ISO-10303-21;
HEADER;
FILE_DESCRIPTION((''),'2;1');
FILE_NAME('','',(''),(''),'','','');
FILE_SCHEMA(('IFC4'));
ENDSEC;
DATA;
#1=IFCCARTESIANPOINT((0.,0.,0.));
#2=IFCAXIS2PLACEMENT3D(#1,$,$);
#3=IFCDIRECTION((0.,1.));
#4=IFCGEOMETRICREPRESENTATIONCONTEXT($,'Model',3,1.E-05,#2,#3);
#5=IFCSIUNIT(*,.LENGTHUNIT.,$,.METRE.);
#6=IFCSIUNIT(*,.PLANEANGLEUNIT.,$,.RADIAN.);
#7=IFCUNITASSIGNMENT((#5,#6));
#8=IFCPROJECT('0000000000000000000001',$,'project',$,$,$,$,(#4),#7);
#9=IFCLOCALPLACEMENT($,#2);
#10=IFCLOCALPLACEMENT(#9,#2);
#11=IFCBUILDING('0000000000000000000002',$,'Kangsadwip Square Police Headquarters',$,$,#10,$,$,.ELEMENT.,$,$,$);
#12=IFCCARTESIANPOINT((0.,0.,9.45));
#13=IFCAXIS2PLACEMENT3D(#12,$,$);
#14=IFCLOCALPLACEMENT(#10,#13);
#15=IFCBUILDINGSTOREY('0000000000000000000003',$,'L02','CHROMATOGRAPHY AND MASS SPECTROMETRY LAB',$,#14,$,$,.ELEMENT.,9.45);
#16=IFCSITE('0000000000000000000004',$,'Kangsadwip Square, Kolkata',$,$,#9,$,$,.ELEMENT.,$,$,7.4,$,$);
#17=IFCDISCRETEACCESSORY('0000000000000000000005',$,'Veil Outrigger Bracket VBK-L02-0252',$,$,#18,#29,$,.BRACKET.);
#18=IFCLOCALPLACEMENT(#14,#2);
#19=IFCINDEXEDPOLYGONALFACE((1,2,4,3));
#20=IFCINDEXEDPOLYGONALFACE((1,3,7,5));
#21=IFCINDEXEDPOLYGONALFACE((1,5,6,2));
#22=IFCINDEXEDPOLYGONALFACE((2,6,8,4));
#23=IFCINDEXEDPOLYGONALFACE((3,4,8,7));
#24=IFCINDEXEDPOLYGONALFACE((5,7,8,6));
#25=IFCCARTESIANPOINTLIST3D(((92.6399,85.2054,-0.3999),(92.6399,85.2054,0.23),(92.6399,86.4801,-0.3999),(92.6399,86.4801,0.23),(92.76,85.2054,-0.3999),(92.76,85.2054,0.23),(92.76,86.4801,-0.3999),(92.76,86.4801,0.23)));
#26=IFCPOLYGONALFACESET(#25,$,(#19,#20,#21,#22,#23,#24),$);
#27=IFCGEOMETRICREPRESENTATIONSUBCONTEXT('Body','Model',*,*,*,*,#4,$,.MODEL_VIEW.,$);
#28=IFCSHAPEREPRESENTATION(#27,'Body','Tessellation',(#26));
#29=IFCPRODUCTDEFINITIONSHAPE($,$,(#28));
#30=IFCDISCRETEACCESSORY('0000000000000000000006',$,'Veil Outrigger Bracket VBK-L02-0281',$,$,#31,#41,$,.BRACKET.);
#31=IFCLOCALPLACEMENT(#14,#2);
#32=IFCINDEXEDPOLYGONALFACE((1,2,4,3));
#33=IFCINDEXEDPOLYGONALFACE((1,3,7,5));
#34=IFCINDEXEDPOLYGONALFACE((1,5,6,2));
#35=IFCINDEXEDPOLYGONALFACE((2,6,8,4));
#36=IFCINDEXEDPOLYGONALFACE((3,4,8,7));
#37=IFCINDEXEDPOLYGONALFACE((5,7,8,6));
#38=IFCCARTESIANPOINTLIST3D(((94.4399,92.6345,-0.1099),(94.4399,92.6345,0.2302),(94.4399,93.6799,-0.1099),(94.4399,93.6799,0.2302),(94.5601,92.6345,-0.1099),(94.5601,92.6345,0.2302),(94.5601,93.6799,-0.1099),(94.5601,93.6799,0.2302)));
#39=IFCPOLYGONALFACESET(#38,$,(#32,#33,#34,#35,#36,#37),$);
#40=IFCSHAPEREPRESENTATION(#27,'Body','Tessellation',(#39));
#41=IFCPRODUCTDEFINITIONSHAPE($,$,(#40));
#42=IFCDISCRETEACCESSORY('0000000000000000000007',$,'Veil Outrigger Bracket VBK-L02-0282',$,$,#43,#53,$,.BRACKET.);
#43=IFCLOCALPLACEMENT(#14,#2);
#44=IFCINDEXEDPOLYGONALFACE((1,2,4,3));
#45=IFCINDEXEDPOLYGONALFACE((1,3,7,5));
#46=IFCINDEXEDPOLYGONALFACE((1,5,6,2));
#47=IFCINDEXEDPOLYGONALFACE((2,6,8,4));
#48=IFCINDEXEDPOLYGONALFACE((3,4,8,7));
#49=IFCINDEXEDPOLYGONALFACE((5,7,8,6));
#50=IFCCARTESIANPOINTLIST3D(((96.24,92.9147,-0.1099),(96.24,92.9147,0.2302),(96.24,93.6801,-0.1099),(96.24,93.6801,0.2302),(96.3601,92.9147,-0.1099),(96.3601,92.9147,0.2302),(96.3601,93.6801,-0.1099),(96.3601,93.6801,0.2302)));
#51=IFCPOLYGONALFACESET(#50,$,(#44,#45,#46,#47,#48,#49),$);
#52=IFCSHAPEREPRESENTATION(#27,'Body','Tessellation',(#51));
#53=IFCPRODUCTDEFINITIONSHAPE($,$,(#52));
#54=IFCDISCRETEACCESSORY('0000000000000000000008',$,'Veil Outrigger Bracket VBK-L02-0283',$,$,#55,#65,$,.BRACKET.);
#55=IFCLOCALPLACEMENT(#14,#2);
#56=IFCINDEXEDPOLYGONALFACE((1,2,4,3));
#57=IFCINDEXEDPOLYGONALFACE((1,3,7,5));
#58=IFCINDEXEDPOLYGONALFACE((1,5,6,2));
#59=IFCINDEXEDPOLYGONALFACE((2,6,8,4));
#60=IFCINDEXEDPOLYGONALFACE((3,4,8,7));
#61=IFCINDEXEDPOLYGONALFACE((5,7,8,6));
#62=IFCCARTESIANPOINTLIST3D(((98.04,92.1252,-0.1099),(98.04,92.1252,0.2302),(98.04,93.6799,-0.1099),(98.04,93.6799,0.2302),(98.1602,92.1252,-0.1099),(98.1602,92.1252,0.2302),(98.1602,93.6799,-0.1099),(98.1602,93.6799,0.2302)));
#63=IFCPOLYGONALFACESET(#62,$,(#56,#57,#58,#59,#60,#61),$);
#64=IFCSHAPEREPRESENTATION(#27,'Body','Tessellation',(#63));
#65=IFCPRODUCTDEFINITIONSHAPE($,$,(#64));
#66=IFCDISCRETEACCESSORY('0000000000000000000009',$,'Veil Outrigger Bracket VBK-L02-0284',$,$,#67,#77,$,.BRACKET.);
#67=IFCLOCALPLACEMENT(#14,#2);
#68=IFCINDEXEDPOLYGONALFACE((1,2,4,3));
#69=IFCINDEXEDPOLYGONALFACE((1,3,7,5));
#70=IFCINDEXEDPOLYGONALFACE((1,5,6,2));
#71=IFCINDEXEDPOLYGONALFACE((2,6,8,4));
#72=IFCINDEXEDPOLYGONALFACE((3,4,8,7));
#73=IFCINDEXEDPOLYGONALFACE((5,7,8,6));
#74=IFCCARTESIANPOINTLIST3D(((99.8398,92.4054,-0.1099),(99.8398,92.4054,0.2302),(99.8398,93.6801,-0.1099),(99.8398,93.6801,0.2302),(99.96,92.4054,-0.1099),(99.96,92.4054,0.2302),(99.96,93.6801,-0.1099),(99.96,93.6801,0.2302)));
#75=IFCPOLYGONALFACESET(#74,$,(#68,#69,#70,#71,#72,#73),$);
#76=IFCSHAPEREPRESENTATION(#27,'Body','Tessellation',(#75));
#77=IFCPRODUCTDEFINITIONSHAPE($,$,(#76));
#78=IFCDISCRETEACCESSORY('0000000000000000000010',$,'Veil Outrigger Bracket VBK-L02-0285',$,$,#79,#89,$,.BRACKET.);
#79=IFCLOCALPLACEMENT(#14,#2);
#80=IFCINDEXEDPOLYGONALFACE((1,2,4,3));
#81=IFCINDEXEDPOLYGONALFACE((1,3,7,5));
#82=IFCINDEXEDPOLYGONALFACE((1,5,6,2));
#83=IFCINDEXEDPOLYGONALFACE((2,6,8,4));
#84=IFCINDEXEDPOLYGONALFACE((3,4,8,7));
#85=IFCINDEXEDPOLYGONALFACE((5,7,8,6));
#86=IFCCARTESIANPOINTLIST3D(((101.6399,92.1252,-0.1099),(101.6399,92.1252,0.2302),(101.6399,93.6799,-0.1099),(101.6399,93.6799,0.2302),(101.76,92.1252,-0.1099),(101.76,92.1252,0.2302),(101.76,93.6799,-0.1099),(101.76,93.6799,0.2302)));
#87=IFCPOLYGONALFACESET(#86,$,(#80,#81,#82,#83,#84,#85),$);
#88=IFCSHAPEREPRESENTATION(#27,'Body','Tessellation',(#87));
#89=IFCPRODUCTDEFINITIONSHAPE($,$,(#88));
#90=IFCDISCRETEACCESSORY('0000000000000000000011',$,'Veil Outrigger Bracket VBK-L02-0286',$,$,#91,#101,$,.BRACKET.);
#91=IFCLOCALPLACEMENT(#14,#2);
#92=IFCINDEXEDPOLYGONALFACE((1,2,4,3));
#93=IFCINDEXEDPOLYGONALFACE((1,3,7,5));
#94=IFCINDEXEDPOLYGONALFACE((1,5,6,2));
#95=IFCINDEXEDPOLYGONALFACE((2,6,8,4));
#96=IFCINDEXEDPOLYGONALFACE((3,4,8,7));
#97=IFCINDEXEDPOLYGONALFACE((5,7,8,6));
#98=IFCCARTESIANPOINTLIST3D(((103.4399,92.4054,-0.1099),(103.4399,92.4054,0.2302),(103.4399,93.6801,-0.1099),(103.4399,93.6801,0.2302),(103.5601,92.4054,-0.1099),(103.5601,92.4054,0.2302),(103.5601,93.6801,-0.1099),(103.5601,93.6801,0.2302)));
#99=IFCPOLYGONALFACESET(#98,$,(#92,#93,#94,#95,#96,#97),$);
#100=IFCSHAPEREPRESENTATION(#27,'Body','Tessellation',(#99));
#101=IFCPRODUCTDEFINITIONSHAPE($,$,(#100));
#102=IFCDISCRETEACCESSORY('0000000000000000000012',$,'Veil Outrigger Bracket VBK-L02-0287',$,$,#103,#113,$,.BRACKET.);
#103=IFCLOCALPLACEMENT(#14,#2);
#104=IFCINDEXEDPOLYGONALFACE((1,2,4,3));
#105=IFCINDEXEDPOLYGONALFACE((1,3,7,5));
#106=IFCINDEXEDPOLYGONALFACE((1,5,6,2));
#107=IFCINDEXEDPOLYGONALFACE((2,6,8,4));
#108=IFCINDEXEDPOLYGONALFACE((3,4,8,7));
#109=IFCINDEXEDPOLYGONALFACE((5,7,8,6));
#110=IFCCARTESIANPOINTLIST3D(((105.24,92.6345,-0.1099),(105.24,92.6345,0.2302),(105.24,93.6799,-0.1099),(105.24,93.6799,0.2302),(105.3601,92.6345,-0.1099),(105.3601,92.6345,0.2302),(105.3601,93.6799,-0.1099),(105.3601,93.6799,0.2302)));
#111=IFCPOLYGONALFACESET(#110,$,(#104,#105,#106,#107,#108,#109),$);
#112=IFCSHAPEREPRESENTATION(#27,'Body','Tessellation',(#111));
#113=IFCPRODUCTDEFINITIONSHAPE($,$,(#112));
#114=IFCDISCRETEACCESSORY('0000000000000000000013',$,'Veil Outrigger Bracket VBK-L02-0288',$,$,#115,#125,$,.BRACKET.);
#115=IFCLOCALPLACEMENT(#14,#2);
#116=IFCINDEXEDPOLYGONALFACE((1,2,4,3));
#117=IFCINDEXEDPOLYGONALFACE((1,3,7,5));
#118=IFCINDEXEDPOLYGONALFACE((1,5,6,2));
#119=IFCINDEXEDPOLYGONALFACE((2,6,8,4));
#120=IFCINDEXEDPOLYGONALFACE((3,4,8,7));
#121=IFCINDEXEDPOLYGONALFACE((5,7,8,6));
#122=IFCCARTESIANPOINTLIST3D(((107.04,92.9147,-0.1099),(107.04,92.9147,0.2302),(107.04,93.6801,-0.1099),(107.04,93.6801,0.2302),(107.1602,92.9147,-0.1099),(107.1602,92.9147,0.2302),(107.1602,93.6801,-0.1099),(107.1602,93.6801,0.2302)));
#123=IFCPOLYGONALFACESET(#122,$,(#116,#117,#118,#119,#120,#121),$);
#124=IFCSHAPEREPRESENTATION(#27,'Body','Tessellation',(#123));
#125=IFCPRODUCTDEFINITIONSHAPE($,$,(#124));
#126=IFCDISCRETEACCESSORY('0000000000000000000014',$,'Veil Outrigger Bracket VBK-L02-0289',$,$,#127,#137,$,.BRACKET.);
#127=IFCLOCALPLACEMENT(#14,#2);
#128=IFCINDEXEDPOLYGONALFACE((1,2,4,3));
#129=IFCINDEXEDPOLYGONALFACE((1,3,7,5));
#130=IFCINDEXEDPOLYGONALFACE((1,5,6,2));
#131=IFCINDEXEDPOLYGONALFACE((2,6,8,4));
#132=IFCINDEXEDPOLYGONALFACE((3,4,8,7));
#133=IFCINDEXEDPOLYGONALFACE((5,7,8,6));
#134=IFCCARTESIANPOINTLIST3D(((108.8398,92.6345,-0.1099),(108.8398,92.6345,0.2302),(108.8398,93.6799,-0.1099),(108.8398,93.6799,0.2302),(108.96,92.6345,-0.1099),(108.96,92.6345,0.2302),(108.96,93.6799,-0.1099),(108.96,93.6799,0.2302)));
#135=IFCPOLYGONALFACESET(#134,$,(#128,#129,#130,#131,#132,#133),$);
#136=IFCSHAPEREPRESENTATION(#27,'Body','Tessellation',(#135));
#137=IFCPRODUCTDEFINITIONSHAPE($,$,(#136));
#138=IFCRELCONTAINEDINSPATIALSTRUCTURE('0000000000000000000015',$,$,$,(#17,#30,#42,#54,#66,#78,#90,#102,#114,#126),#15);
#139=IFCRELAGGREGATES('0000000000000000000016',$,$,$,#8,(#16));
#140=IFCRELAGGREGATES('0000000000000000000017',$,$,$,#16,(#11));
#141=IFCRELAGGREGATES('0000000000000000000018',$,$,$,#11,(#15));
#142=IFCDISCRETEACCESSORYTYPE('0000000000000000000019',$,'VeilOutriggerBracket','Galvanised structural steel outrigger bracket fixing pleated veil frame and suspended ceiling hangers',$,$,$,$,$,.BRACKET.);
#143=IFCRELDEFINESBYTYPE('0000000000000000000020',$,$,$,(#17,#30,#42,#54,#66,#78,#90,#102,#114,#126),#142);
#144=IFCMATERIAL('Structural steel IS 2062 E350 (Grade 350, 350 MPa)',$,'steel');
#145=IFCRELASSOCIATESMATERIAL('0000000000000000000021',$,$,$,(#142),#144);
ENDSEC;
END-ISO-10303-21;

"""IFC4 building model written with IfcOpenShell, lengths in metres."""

from ifc_helpers import new_model, si_unit, direction, frame, origin, origin_2d, place, context, subcontext, project, spatial, rectangle, extrude, material, type_object, element, save


model = new_model("IFC4")

# Units and contexts
model_context = context("Model", 3, precision=1e-05, world=origin(), true_north=direction((0.0, 1.0)))
body_context = subcontext(model_context, "Body", "Model", "MODEL_VIEW")
ifc_project = project(units=[si_unit("LENGTHUNIT", "METRE"), si_unit("PLANEANGLEUNIT", "RADIAN")], contexts=[model_context])

# Site, building, storey
site_placement = place(None, origin())
site = spatial("IfcSite", under=ifc_project, at=site_placement, Name="Kangsadwip Square, Kolkata", CompositionType="ELEMENT", RefElevation=7.4)
building_placement = place(site_placement, origin())
building = spatial("IfcBuilding", under=site, at=building_placement, Name="Kangsadwip Square Police Headquarters", CompositionType="ELEMENT")
storey_placement = place(building_placement, frame((0.0, 0.0, 9.45)))
storey = spatial("IfcBuildingStorey", under=building, at=storey_placement, Name="L02", Description="CHROMATOGRAPHY AND MASS SPECTROMETRY LAB", CompositionType="ELEMENT", Elevation=9.45)

# Discrete accessories
ifc_material_1 = material(Name="Structural steel IS 2062 E350 (Grade 350, 350 MPa)", Category="steel")
discrete_accessory_type = type_object("IfcDiscreteAccessoryType", Name="VeilOutriggerBracket", Description="Galvanised structural steel outrigger bracket fixing pleated veil frame and suspended ceiling hangers", PredefinedType="BRACKET", material=ifc_material_1)
discrete_accessory_1_placement = place(storey_placement, frame((92.7, 85.8428, -0.3999), z_axis=(0.0, 0.0, 1.0), x_axis=(1.0, 0.0, 0.0)))
element("IfcDiscreteAccessory", 1, at=discrete_accessory_1_placement, inside=storey, type_object=discrete_accessory_type, Name="Veil Outrigger Bracket VBK-L02-0252", PredefinedType="BRACKET", context=body_context, shape_type="SweptSolid", body=[
    extrude(rectangle(XDim=0.1201, YDim=1.2747, at=origin_2d()), origin(), (0.0, 0.0, 1.0), 0.6299),
])
discrete_accessory_2_placement = place(storey_placement, frame((94.5, 93.1572, -0.1099), z_axis=(0.0, 0.0, 1.0), x_axis=(1.0, 0.0, 0.0)))
element("IfcDiscreteAccessory", 2, at=discrete_accessory_2_placement, inside=storey, type_object=discrete_accessory_type, Name="Veil Outrigger Bracket VBK-L02-0281", PredefinedType="BRACKET", context=body_context, shape_type="SweptSolid", body=[
    extrude(rectangle(XDim=0.1201, YDim=1.0454, at=origin_2d()), origin(), (0.0, 0.0, 1.0), 0.3401),
])
discrete_accessory_3_placement = place(storey_placement, frame((96.3, 93.2974, -0.1099), z_axis=(0.0, 0.0, 1.0), x_axis=(1.0, 0.0, 0.0)))
element("IfcDiscreteAccessory", 3, at=discrete_accessory_3_placement, inside=storey, type_object=discrete_accessory_type, Name="Veil Outrigger Bracket VBK-L02-0282", PredefinedType="BRACKET", context=body_context, shape_type="SweptSolid", body=[
    extrude(rectangle(XDim=0.1201, YDim=0.7654, at=origin_2d()), origin(), (0.0, 0.0, 1.0), 0.3401),
])
discrete_accessory_4_placement = place(storey_placement, frame((98.1001, 92.9026, -0.1099), z_axis=(0.0, 0.0, 1.0), x_axis=(1.0, 0.0, 0.0)))
element("IfcDiscreteAccessory", 4, at=discrete_accessory_4_placement, inside=storey, type_object=discrete_accessory_type, Name="Veil Outrigger Bracket VBK-L02-0283", PredefinedType="BRACKET", context=body_context, shape_type="SweptSolid", body=[
    extrude(rectangle(XDim=0.1201, YDim=1.5547, at=origin_2d()), origin(), (0.0, 0.0, 1.0), 0.3401),
])
discrete_accessory_5_placement = place(storey_placement, frame((99.8999, 93.0427, -0.1099), z_axis=(0.0, 0.0, 1.0), x_axis=(1.0, 0.0, 0.0)))
element("IfcDiscreteAccessory", 5, at=discrete_accessory_5_placement, inside=storey, type_object=discrete_accessory_type, Name="Veil Outrigger Bracket VBK-L02-0284", PredefinedType="BRACKET", context=body_context, shape_type="SweptSolid", body=[
    extrude(rectangle(XDim=0.1201, YDim=1.2747, at=origin_2d()), origin(), (0.0, 0.0, 1.0), 0.3401),
])
discrete_accessory_6_placement = place(storey_placement, frame((101.7, 92.9026, -0.1099), z_axis=(0.0, 0.0, 1.0), x_axis=(1.0, 0.0, 0.0)))
element("IfcDiscreteAccessory", 6, at=discrete_accessory_6_placement, inside=storey, type_object=discrete_accessory_type, Name="Veil Outrigger Bracket VBK-L02-0285", PredefinedType="BRACKET", context=body_context, shape_type="SweptSolid", body=[
    extrude(rectangle(XDim=0.1201, YDim=1.5547, at=origin_2d()), origin(), (0.0, 0.0, 1.0), 0.3401),
])
discrete_accessory_7_placement = place(storey_placement, frame((103.5, 93.0427, -0.1099), z_axis=(0.0, 0.0, 1.0), x_axis=(1.0, 0.0, 0.0)))
element("IfcDiscreteAccessory", 7, at=discrete_accessory_7_placement, inside=storey, type_object=discrete_accessory_type, Name="Veil Outrigger Bracket VBK-L02-0286", PredefinedType="BRACKET", context=body_context, shape_type="SweptSolid", body=[
    extrude(rectangle(XDim=0.1201, YDim=1.2747, at=origin_2d()), origin(), (0.0, 0.0, 1.0), 0.3401),
])
discrete_accessory_8_placement = place(storey_placement, frame((105.3, 93.1572, -0.1099), z_axis=(0.0, 0.0, 1.0), x_axis=(1.0, 0.0, 0.0)))
element("IfcDiscreteAccessory", 8, at=discrete_accessory_8_placement, inside=storey, type_object=discrete_accessory_type, Name="Veil Outrigger Bracket VBK-L02-0287", PredefinedType="BRACKET", context=body_context, shape_type="SweptSolid", body=[
    extrude(rectangle(XDim=0.1201, YDim=1.0454, at=origin_2d()), origin(), (0.0, 0.0, 1.0), 0.3401),
])
discrete_accessory_9_placement = place(storey_placement, frame((107.1001, 93.2974, -0.1099), z_axis=(0.0, 0.0, 1.0), x_axis=(1.0, 0.0, 0.0)))
element("IfcDiscreteAccessory", 9, at=discrete_accessory_9_placement, inside=storey, type_object=discrete_accessory_type, Name="Veil Outrigger Bracket VBK-L02-0288", PredefinedType="BRACKET", context=body_context, shape_type="SweptSolid", body=[
    extrude(rectangle(XDim=0.1201, YDim=0.7654, at=origin_2d()), origin(), (0.0, 0.0, 1.0), 0.3401),
])
discrete_accessory_10_placement = place(storey_placement, frame((108.8999, 93.1572, -0.1099), z_axis=(0.0, 0.0, 1.0), x_axis=(1.0, 0.0, 0.0)))
element("IfcDiscreteAccessory", 10, at=discrete_accessory_10_placement, inside=storey, type_object=discrete_accessory_type, Name="Veil Outrigger Bracket VBK-L02-0289", PredefinedType="BRACKET", context=body_context, shape_type="SweptSolid", body=[
    extrude(rectangle(XDim=0.1201, YDim=1.0454, at=origin_2d()), origin(), (0.0, 0.0, 1.0), 0.3401),
])

save(model, "model.ifc")
